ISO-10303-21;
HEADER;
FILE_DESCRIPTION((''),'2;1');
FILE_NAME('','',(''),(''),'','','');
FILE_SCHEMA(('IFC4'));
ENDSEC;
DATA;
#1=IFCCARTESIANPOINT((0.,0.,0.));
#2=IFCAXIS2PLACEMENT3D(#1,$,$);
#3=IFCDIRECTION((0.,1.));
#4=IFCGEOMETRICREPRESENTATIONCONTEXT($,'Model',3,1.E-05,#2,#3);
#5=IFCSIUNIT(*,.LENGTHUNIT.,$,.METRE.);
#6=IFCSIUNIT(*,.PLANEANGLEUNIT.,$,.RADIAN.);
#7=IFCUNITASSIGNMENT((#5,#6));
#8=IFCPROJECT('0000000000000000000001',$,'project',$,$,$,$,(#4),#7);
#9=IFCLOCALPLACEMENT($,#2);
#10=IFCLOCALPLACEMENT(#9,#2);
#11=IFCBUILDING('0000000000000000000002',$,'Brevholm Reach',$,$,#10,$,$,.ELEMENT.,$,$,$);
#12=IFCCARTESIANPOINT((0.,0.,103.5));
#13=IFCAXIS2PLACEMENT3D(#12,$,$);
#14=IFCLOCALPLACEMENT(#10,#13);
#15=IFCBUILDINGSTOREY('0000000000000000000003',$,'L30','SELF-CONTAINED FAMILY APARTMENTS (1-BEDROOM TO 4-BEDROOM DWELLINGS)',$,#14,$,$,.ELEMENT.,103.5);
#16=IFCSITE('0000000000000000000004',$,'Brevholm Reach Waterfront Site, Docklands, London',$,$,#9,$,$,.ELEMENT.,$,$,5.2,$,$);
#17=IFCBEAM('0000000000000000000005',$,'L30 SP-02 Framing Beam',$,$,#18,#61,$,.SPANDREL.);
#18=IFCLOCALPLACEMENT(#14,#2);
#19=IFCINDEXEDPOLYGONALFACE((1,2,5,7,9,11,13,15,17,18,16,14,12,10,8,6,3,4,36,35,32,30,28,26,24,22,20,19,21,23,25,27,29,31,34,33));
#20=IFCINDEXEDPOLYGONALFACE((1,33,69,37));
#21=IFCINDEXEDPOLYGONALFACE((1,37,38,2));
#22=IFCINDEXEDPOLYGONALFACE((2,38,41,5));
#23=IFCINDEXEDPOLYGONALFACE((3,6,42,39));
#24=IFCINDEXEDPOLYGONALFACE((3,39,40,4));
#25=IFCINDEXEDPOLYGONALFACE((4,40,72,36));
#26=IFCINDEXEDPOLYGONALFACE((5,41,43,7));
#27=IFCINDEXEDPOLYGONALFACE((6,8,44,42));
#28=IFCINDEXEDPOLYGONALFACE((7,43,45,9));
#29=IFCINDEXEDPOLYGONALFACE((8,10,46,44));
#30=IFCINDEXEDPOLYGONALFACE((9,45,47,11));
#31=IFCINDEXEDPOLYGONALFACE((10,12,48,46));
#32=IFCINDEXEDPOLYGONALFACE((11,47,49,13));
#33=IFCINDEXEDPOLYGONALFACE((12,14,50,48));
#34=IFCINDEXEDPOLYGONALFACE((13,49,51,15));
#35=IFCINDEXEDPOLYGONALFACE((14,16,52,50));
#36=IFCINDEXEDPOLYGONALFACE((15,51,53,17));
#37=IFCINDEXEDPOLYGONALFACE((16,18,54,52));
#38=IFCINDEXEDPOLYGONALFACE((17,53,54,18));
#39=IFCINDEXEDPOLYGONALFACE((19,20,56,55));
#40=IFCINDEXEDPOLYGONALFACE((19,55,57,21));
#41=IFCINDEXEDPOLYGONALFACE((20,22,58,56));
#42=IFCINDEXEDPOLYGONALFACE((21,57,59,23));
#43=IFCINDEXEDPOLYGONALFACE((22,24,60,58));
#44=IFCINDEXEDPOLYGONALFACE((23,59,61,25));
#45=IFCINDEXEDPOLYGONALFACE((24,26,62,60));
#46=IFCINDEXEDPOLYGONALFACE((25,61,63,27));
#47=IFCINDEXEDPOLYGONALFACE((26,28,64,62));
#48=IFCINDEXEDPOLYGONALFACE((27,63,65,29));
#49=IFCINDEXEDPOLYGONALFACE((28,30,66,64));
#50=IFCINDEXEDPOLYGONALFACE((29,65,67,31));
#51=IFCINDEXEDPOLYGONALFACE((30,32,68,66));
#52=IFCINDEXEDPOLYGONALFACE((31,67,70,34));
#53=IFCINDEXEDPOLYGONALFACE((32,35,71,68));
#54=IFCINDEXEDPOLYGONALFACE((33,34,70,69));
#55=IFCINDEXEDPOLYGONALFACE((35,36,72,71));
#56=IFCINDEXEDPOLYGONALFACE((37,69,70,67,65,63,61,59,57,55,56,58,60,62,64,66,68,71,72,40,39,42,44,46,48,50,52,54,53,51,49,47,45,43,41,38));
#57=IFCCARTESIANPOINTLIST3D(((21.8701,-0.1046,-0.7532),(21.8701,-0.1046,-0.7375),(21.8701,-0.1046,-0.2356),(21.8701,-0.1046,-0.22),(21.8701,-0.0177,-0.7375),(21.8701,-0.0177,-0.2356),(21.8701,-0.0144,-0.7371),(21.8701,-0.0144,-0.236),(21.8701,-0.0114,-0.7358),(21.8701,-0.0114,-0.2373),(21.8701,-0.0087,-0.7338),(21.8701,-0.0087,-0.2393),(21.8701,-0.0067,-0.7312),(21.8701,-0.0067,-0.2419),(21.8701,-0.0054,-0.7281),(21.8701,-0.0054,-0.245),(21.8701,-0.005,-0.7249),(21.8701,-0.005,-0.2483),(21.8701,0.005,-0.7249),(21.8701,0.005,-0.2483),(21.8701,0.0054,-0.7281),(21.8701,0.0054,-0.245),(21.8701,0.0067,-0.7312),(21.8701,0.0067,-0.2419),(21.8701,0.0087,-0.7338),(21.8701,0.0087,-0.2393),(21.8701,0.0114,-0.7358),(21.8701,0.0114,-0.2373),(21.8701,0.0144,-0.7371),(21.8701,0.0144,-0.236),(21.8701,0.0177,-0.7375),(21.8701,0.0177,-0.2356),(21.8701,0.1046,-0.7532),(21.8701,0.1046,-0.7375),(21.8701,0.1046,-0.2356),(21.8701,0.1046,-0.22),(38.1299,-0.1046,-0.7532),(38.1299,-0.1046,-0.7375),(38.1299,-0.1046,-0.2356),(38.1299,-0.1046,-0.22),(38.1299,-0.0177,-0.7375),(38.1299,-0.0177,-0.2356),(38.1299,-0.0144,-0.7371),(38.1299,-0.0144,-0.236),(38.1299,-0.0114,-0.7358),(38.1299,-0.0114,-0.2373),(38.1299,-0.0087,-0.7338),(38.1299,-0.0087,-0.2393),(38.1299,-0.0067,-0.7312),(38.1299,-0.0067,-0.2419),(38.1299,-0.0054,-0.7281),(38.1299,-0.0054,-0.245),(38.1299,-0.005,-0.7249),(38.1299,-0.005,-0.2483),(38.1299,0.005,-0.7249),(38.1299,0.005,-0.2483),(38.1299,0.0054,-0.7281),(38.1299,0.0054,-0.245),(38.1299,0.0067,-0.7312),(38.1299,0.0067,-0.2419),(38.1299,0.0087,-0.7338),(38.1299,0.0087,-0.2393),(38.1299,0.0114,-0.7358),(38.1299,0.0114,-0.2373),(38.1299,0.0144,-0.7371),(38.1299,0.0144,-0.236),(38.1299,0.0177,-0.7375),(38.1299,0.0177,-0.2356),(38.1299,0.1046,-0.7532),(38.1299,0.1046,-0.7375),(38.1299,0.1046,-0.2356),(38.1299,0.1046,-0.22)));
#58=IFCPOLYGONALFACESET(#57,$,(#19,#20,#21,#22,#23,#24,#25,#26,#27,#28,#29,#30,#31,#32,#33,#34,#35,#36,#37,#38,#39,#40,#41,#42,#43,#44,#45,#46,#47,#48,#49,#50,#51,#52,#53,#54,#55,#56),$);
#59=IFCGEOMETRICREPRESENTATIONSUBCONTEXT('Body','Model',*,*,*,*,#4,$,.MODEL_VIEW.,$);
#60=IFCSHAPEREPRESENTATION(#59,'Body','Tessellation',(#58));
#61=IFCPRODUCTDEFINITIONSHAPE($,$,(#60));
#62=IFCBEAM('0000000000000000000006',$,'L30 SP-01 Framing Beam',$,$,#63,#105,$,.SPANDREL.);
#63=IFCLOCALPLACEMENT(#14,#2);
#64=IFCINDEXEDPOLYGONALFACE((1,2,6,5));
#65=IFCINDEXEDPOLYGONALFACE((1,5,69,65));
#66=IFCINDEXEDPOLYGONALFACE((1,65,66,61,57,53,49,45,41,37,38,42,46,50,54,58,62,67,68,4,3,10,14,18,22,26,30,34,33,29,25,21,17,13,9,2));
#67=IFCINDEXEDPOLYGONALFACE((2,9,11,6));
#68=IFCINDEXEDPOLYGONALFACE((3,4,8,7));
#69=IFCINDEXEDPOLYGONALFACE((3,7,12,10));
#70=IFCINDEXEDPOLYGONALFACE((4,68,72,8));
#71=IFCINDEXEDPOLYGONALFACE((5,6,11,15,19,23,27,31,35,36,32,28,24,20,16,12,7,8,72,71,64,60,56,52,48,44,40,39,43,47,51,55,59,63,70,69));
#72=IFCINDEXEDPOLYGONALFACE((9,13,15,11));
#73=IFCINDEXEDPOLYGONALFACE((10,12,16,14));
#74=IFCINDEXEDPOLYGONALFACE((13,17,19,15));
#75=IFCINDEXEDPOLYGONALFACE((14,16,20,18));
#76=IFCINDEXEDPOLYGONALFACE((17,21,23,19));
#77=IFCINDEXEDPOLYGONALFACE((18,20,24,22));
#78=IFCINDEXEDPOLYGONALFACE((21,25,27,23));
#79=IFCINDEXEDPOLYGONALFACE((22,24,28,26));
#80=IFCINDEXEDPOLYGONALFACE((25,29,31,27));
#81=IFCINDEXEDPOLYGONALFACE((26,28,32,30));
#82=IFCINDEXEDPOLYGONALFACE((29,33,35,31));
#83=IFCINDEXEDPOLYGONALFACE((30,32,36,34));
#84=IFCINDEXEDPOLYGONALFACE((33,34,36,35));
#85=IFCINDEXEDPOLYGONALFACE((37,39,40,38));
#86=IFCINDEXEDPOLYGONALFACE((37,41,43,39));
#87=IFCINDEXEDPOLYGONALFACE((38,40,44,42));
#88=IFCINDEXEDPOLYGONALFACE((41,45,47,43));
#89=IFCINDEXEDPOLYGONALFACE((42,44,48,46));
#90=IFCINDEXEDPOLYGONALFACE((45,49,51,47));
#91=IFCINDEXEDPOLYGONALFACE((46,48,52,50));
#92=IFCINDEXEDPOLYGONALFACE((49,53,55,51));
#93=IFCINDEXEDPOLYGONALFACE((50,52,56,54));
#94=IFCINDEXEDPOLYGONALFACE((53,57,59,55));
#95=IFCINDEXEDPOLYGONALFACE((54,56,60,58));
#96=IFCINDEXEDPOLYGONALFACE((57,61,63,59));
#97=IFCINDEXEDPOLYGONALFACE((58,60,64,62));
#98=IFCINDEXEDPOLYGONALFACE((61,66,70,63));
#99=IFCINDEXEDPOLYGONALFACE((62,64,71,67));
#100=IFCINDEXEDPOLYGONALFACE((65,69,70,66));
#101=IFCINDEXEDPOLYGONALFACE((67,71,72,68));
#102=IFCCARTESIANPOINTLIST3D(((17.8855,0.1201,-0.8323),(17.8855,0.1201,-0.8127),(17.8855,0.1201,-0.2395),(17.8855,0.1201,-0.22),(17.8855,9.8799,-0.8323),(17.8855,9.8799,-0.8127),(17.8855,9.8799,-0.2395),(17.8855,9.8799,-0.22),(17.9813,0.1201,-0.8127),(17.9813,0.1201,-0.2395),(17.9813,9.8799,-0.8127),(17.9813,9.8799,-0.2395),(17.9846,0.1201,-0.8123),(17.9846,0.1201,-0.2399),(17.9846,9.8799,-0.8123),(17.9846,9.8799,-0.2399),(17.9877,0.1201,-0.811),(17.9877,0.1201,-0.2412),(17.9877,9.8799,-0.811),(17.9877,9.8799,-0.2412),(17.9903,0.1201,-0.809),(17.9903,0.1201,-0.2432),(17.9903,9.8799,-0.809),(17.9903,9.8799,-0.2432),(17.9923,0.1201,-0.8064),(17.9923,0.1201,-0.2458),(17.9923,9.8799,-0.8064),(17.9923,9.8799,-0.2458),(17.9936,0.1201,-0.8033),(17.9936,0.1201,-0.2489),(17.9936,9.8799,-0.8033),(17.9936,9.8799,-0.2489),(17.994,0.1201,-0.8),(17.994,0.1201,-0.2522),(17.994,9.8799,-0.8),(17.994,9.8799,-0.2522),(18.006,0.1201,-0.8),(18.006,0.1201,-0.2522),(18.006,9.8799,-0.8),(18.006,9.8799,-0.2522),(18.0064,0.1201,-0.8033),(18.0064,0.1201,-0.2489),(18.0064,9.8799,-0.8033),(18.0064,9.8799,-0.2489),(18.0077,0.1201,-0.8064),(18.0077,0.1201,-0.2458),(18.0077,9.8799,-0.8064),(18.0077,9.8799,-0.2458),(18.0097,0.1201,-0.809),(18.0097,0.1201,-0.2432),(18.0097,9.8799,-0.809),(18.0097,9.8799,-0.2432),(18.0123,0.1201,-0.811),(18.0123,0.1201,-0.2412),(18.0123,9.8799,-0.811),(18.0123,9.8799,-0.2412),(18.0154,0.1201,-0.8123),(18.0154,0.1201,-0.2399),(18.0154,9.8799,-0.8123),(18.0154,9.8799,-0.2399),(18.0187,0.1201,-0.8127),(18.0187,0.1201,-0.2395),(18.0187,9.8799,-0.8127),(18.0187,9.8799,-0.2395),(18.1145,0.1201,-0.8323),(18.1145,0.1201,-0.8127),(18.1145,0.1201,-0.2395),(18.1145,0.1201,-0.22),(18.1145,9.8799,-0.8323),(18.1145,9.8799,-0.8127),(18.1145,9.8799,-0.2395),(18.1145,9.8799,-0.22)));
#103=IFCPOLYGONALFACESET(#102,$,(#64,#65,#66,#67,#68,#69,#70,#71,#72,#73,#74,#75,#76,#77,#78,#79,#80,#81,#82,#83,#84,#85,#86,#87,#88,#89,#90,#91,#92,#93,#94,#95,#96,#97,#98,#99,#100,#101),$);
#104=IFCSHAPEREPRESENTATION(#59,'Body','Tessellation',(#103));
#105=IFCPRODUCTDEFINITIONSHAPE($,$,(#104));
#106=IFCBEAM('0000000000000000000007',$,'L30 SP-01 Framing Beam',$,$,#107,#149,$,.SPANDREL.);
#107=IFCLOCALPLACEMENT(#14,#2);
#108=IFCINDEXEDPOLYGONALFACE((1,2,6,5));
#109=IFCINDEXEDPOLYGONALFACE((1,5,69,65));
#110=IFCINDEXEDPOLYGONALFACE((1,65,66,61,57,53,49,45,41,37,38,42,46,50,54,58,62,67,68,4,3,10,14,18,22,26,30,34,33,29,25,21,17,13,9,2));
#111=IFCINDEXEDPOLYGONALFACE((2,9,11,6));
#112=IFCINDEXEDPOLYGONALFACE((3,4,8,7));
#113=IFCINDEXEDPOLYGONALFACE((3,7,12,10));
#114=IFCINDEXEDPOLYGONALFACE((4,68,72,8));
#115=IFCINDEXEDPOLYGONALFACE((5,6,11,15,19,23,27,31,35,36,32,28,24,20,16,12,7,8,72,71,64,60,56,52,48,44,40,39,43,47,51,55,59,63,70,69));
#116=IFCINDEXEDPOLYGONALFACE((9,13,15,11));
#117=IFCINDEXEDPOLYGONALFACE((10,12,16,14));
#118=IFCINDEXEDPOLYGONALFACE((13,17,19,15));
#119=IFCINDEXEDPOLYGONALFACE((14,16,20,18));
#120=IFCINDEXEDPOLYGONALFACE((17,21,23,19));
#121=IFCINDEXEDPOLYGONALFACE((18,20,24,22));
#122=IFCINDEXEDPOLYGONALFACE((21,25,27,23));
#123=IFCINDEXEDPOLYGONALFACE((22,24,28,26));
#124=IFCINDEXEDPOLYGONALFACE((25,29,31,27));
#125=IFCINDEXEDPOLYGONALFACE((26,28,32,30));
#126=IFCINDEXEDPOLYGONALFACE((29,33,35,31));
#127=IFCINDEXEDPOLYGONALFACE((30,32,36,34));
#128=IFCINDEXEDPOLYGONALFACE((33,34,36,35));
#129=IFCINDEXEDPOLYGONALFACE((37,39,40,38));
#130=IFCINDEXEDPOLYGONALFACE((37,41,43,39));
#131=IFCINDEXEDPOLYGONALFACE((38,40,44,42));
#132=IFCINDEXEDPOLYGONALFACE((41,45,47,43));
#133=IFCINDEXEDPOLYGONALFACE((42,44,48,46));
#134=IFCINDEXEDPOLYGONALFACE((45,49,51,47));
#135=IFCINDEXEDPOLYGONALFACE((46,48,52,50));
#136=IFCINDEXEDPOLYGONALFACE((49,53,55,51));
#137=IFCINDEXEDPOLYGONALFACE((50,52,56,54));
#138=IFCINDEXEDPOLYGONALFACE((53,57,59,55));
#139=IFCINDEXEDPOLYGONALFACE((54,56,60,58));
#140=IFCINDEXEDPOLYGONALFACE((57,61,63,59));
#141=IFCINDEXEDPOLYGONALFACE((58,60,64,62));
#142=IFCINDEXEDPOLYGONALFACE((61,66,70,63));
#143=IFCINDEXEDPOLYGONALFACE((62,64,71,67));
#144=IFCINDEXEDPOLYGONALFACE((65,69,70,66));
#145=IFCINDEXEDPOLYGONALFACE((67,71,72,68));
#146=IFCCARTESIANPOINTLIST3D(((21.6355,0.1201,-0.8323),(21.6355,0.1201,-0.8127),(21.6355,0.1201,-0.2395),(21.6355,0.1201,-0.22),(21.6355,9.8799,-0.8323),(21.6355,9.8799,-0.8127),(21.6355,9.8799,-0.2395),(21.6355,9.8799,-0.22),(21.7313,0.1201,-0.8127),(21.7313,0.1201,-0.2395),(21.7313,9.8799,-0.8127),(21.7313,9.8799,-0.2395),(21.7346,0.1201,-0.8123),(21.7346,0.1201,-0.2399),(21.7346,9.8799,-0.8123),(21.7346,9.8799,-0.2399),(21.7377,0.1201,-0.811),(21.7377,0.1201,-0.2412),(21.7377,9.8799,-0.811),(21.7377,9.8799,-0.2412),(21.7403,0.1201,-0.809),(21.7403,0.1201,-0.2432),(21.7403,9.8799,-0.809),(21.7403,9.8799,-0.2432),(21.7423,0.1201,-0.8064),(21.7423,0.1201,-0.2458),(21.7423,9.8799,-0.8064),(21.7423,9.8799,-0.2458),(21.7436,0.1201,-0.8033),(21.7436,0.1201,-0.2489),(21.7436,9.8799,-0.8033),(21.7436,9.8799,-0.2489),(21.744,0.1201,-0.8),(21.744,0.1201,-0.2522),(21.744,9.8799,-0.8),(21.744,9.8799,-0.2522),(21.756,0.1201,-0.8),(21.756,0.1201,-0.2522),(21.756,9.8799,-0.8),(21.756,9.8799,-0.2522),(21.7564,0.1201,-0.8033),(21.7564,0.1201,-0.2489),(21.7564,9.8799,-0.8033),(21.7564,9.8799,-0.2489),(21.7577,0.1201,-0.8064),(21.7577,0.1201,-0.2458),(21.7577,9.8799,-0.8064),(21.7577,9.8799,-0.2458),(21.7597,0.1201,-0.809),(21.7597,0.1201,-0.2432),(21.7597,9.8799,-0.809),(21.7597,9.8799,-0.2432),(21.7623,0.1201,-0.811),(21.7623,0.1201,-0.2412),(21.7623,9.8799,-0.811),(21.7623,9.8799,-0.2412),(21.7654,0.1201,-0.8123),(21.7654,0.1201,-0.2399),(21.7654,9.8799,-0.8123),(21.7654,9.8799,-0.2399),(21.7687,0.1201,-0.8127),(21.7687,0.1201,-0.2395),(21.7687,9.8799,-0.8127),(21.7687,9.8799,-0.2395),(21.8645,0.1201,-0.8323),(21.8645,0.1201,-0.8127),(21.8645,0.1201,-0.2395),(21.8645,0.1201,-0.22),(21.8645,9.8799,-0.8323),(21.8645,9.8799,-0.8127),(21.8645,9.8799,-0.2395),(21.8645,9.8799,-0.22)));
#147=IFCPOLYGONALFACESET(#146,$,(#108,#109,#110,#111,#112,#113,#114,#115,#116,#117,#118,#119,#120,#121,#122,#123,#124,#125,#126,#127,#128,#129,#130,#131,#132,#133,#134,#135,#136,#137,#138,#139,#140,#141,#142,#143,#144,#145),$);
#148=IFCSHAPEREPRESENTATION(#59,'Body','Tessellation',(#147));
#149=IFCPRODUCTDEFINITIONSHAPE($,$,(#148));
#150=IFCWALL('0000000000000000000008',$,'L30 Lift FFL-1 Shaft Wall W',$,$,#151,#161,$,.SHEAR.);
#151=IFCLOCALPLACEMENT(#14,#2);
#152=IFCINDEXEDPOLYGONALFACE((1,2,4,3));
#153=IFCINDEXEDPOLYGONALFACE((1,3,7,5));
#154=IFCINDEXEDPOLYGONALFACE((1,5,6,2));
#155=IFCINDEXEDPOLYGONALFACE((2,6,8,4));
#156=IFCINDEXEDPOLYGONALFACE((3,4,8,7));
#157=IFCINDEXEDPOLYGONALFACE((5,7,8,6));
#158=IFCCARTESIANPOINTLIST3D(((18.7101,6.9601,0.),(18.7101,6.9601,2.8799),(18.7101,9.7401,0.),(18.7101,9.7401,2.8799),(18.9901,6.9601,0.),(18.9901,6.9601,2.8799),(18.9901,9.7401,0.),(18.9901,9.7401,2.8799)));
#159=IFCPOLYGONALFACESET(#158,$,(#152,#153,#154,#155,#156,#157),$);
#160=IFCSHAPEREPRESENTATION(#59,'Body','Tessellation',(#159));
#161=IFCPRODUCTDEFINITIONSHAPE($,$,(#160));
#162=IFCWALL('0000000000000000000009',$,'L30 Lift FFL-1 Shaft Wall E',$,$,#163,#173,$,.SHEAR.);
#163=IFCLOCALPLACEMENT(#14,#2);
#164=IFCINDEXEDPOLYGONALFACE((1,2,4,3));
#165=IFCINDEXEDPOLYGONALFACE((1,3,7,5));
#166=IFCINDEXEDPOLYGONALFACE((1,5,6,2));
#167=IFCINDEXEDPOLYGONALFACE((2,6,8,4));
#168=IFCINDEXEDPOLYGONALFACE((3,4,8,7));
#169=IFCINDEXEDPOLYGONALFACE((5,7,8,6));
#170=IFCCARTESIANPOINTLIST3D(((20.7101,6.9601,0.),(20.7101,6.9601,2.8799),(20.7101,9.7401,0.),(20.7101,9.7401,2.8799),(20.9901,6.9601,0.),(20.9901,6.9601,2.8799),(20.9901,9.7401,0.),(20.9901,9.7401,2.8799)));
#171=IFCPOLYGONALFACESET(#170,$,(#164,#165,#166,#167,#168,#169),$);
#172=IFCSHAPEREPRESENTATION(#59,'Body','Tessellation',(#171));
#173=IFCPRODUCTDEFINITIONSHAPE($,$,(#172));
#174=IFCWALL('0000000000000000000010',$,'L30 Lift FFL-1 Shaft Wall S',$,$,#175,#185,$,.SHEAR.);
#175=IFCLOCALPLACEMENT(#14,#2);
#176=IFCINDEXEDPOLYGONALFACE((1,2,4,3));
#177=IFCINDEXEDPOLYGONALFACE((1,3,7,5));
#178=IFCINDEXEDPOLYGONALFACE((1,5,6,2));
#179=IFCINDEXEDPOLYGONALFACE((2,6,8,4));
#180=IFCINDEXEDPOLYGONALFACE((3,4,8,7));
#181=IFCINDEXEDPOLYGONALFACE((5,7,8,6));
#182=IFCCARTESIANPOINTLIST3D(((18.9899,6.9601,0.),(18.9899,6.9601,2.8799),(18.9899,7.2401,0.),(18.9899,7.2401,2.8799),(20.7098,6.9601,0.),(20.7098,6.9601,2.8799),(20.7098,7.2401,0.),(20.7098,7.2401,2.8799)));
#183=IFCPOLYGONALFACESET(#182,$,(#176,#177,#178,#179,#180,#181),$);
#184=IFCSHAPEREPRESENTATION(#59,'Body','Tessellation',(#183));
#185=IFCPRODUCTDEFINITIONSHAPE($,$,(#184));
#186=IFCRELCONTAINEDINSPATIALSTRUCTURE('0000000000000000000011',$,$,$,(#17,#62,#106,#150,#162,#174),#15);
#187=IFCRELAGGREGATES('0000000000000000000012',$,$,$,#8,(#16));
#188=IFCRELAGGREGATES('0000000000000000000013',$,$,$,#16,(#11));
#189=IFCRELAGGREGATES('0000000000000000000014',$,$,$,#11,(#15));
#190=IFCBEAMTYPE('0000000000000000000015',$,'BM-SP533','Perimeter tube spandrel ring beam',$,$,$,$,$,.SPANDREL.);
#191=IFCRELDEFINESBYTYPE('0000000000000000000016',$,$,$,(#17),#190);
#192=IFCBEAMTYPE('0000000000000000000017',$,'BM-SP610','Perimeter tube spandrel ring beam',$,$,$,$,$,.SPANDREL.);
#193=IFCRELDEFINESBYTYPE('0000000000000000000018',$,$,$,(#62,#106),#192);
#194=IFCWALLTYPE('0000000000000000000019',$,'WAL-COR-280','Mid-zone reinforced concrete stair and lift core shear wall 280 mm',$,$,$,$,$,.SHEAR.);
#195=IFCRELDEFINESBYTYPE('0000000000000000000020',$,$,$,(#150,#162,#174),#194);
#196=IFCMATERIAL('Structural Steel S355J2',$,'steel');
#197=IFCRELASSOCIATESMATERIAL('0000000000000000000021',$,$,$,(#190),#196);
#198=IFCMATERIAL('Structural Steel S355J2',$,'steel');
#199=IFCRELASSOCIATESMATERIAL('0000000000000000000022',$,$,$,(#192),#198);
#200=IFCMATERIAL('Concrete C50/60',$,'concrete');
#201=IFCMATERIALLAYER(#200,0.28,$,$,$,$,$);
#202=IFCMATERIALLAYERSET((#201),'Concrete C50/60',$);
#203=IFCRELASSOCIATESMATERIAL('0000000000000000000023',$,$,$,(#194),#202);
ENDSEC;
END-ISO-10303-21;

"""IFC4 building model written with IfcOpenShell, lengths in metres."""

from ifc_helpers import new_model, si_unit, direction, frame, frame_2d, origin, origin_2d, place, context, subcontext, project, spatial, rectangle, i_section, extrude, material, layer, layer_set, material_profile, profile_set, type_object, element, save


model = new_model("IFC4")

# Units and contexts
model_context = context("Model", 3, precision=1e-05, world=origin(), true_north=direction((0.0, 1.0)))
body_context = subcontext(model_context, "Body", "Model", "MODEL_VIEW")
ifc_project = project(units=[si_unit("LENGTHUNIT", "METRE"), si_unit("PLANEANGLEUNIT", "RADIAN")], contexts=[model_context])

# Site, building, storey
site_placement = place(None, origin())
site = spatial("IfcSite", under=ifc_project, at=site_placement, Name="Brevholm Reach Waterfront Site, Docklands, London", CompositionType="ELEMENT", RefElevation=5.2)
building_placement = place(site_placement, origin())
building = spatial("IfcBuilding", under=site, at=building_placement, Name="Brevholm Reach", CompositionType="ELEMENT")
storey_placement = place(building_placement, frame((0.0, 0.0, 103.5)))
storey = spatial("IfcBuildingStorey", under=building, at=storey_placement, Name="L30", Description="SELF-CONTAINED FAMILY APARTMENTS (1-BEDROOM TO 4-BEDROOM DWELLINGS)", CompositionType="ELEMENT", Elevation=103.5)

# Beams
ifc_material_1 = material(Name="Structural Steel S355J2", Category="steel")
ifc_material_profile_1 = material_profile(ifc_material_1, i_section(OverallWidth=0.2092, OverallDepth=0.5332, WebThickness=0.01, FlangeThickness=0.0156, FilletRadius=0.0127, at=origin_2d()), Name="UKB 533x210x92")
ifc_profile_set_1 = profile_set([ifc_material_profile_1], Name="Structural Steel S355J2")
beam_type_1 = type_object("IfcBeamType", Name="BM-SP533", Description="Perimeter tube spandrel ring beam", PredefinedType="SPANDREL", material=ifc_profile_set_1)
beam_1_placement = place(storey_placement, frame((21.8701, 0.0, -0.4866), z_axis=(1.0, 0.0, 0.0), x_axis=(0.0, 1.0, 0.0)))
element("IfcBeam", 1, at=beam_1_placement, inside=storey, type_object=beam_type_1, Name="L30 SP-02 Framing Beam", PredefinedType="SPANDREL", context=body_context, shape_type="SweptSolid", body=[
    extrude(i_section(OverallWidth=0.2092, OverallDepth=0.5332, WebThickness=0.01, FlangeThickness=0.0156, FilletRadius=0.0127, at=origin_2d()), origin(), (0.0, 0.0, 1.0), 16.2598),
])
ifc_material_2 = material(Name="Structural Steel S355J2", Category="steel")
ifc_material_profile_2 = material_profile(ifc_material_2, i_section(OverallWidth=0.229, OverallDepth=0.6123, WebThickness=0.012, FlangeThickness=0.0195, FilletRadius=0.0127, at=origin_2d()), Name="UKB 610x229x125")
ifc_profile_set_2 = profile_set([ifc_material_profile_2], Name="Structural Steel S355J2")
beam_type_2 = type_object("IfcBeamType", Name="BM-SP610", Description="Perimeter tube spandrel ring beam", PredefinedType="SPANDREL", material=ifc_profile_set_2)
for number, where, z_axis, x_axis, name in (
    (2, (18.0, 0.1201, -0.5261), (0.0, 1.0, 0.0), (-1.0, 0.0, 0.0), "L30 SP-01 Framing Beam"),
    (3, (21.75, 0.1201, -0.5261), (0.0, 1.0, 0.0), (-1.0, 0.0, 0.0), "L30 SP-01 Framing Beam"),
):
    element("IfcBeam", number, at=place(storey_placement, frame(where, z_axis=z_axis, x_axis=x_axis)), inside=storey, type_object=beam_type_2, Name=name, PredefinedType="SPANDREL", context=body_context, shape_type="SweptSolid", body=[
        extrude(i_section(OverallWidth=0.229, OverallDepth=0.6123, WebThickness=0.012, FlangeThickness=0.0195, FilletRadius=0.0127, at=origin_2d()), origin(), (0.0, 0.0, 1.0), 9.7598),
    ])

# Walls
ifc_material_3 = material(Name="Concrete C50/60", Category="concrete")
ifc_layer_1 = layer(ifc_material_3, 0.28)
ifc_layer_set_1 = layer_set([ifc_layer_1], Name="Concrete C50/60")
wall_type_1 = type_object("IfcWallType", Name="WAL-COR-280", Description="Mid-zone reinforced concrete stair and lift core shear wall 280 mm", PredefinedType="SHEAR", material=ifc_layer_set_1)
for number, where, z_axis, x_axis, name in (
    (4, (18.8501, 6.96, 0.0), (0.0, 0.0, 1.0), (0.0, 1.0, 0.0), "L30 Lift FFL-1 Shaft Wall W"),
    (5, (20.8501, 6.96, 0.0), (0.0, 0.0, 1.0), (0.0, 1.0, 0.0), "L30 Lift FFL-1 Shaft Wall E"),
):
    element("IfcWall", number, at=place(storey_placement, frame(where, z_axis=z_axis, x_axis=x_axis)), inside=storey, type_object=wall_type_1, Name=name, PredefinedType="SHEAR", context=body_context, shape_type="SweptSolid", body=[
        extrude(rectangle(XDim=2.78, YDim=0.28, at=frame_2d((1.3901, 0.0))), origin(), (0.0, 0.0, 1.0), 2.8799),
    ])
wall_1_placement = place(storey_placement, frame((18.99, 7.1001, 0.0), z_axis=(0.0, 0.0, 1.0), x_axis=(1.0, 0.0, 0.0)))
element("IfcWall", 6, at=wall_1_placement, inside=storey, type_object=wall_type_1, Name="L30 Lift FFL-1 Shaft Wall S", PredefinedType="SHEAR", context=body_context, shape_type="SweptSolid", body=[
    extrude(rectangle(XDim=1.72, YDim=0.28, at=frame_2d((0.8599, 0.0))), origin(), (0.0, 0.0, 1.0), 2.8799),
])

save(model, "model.ifc")
